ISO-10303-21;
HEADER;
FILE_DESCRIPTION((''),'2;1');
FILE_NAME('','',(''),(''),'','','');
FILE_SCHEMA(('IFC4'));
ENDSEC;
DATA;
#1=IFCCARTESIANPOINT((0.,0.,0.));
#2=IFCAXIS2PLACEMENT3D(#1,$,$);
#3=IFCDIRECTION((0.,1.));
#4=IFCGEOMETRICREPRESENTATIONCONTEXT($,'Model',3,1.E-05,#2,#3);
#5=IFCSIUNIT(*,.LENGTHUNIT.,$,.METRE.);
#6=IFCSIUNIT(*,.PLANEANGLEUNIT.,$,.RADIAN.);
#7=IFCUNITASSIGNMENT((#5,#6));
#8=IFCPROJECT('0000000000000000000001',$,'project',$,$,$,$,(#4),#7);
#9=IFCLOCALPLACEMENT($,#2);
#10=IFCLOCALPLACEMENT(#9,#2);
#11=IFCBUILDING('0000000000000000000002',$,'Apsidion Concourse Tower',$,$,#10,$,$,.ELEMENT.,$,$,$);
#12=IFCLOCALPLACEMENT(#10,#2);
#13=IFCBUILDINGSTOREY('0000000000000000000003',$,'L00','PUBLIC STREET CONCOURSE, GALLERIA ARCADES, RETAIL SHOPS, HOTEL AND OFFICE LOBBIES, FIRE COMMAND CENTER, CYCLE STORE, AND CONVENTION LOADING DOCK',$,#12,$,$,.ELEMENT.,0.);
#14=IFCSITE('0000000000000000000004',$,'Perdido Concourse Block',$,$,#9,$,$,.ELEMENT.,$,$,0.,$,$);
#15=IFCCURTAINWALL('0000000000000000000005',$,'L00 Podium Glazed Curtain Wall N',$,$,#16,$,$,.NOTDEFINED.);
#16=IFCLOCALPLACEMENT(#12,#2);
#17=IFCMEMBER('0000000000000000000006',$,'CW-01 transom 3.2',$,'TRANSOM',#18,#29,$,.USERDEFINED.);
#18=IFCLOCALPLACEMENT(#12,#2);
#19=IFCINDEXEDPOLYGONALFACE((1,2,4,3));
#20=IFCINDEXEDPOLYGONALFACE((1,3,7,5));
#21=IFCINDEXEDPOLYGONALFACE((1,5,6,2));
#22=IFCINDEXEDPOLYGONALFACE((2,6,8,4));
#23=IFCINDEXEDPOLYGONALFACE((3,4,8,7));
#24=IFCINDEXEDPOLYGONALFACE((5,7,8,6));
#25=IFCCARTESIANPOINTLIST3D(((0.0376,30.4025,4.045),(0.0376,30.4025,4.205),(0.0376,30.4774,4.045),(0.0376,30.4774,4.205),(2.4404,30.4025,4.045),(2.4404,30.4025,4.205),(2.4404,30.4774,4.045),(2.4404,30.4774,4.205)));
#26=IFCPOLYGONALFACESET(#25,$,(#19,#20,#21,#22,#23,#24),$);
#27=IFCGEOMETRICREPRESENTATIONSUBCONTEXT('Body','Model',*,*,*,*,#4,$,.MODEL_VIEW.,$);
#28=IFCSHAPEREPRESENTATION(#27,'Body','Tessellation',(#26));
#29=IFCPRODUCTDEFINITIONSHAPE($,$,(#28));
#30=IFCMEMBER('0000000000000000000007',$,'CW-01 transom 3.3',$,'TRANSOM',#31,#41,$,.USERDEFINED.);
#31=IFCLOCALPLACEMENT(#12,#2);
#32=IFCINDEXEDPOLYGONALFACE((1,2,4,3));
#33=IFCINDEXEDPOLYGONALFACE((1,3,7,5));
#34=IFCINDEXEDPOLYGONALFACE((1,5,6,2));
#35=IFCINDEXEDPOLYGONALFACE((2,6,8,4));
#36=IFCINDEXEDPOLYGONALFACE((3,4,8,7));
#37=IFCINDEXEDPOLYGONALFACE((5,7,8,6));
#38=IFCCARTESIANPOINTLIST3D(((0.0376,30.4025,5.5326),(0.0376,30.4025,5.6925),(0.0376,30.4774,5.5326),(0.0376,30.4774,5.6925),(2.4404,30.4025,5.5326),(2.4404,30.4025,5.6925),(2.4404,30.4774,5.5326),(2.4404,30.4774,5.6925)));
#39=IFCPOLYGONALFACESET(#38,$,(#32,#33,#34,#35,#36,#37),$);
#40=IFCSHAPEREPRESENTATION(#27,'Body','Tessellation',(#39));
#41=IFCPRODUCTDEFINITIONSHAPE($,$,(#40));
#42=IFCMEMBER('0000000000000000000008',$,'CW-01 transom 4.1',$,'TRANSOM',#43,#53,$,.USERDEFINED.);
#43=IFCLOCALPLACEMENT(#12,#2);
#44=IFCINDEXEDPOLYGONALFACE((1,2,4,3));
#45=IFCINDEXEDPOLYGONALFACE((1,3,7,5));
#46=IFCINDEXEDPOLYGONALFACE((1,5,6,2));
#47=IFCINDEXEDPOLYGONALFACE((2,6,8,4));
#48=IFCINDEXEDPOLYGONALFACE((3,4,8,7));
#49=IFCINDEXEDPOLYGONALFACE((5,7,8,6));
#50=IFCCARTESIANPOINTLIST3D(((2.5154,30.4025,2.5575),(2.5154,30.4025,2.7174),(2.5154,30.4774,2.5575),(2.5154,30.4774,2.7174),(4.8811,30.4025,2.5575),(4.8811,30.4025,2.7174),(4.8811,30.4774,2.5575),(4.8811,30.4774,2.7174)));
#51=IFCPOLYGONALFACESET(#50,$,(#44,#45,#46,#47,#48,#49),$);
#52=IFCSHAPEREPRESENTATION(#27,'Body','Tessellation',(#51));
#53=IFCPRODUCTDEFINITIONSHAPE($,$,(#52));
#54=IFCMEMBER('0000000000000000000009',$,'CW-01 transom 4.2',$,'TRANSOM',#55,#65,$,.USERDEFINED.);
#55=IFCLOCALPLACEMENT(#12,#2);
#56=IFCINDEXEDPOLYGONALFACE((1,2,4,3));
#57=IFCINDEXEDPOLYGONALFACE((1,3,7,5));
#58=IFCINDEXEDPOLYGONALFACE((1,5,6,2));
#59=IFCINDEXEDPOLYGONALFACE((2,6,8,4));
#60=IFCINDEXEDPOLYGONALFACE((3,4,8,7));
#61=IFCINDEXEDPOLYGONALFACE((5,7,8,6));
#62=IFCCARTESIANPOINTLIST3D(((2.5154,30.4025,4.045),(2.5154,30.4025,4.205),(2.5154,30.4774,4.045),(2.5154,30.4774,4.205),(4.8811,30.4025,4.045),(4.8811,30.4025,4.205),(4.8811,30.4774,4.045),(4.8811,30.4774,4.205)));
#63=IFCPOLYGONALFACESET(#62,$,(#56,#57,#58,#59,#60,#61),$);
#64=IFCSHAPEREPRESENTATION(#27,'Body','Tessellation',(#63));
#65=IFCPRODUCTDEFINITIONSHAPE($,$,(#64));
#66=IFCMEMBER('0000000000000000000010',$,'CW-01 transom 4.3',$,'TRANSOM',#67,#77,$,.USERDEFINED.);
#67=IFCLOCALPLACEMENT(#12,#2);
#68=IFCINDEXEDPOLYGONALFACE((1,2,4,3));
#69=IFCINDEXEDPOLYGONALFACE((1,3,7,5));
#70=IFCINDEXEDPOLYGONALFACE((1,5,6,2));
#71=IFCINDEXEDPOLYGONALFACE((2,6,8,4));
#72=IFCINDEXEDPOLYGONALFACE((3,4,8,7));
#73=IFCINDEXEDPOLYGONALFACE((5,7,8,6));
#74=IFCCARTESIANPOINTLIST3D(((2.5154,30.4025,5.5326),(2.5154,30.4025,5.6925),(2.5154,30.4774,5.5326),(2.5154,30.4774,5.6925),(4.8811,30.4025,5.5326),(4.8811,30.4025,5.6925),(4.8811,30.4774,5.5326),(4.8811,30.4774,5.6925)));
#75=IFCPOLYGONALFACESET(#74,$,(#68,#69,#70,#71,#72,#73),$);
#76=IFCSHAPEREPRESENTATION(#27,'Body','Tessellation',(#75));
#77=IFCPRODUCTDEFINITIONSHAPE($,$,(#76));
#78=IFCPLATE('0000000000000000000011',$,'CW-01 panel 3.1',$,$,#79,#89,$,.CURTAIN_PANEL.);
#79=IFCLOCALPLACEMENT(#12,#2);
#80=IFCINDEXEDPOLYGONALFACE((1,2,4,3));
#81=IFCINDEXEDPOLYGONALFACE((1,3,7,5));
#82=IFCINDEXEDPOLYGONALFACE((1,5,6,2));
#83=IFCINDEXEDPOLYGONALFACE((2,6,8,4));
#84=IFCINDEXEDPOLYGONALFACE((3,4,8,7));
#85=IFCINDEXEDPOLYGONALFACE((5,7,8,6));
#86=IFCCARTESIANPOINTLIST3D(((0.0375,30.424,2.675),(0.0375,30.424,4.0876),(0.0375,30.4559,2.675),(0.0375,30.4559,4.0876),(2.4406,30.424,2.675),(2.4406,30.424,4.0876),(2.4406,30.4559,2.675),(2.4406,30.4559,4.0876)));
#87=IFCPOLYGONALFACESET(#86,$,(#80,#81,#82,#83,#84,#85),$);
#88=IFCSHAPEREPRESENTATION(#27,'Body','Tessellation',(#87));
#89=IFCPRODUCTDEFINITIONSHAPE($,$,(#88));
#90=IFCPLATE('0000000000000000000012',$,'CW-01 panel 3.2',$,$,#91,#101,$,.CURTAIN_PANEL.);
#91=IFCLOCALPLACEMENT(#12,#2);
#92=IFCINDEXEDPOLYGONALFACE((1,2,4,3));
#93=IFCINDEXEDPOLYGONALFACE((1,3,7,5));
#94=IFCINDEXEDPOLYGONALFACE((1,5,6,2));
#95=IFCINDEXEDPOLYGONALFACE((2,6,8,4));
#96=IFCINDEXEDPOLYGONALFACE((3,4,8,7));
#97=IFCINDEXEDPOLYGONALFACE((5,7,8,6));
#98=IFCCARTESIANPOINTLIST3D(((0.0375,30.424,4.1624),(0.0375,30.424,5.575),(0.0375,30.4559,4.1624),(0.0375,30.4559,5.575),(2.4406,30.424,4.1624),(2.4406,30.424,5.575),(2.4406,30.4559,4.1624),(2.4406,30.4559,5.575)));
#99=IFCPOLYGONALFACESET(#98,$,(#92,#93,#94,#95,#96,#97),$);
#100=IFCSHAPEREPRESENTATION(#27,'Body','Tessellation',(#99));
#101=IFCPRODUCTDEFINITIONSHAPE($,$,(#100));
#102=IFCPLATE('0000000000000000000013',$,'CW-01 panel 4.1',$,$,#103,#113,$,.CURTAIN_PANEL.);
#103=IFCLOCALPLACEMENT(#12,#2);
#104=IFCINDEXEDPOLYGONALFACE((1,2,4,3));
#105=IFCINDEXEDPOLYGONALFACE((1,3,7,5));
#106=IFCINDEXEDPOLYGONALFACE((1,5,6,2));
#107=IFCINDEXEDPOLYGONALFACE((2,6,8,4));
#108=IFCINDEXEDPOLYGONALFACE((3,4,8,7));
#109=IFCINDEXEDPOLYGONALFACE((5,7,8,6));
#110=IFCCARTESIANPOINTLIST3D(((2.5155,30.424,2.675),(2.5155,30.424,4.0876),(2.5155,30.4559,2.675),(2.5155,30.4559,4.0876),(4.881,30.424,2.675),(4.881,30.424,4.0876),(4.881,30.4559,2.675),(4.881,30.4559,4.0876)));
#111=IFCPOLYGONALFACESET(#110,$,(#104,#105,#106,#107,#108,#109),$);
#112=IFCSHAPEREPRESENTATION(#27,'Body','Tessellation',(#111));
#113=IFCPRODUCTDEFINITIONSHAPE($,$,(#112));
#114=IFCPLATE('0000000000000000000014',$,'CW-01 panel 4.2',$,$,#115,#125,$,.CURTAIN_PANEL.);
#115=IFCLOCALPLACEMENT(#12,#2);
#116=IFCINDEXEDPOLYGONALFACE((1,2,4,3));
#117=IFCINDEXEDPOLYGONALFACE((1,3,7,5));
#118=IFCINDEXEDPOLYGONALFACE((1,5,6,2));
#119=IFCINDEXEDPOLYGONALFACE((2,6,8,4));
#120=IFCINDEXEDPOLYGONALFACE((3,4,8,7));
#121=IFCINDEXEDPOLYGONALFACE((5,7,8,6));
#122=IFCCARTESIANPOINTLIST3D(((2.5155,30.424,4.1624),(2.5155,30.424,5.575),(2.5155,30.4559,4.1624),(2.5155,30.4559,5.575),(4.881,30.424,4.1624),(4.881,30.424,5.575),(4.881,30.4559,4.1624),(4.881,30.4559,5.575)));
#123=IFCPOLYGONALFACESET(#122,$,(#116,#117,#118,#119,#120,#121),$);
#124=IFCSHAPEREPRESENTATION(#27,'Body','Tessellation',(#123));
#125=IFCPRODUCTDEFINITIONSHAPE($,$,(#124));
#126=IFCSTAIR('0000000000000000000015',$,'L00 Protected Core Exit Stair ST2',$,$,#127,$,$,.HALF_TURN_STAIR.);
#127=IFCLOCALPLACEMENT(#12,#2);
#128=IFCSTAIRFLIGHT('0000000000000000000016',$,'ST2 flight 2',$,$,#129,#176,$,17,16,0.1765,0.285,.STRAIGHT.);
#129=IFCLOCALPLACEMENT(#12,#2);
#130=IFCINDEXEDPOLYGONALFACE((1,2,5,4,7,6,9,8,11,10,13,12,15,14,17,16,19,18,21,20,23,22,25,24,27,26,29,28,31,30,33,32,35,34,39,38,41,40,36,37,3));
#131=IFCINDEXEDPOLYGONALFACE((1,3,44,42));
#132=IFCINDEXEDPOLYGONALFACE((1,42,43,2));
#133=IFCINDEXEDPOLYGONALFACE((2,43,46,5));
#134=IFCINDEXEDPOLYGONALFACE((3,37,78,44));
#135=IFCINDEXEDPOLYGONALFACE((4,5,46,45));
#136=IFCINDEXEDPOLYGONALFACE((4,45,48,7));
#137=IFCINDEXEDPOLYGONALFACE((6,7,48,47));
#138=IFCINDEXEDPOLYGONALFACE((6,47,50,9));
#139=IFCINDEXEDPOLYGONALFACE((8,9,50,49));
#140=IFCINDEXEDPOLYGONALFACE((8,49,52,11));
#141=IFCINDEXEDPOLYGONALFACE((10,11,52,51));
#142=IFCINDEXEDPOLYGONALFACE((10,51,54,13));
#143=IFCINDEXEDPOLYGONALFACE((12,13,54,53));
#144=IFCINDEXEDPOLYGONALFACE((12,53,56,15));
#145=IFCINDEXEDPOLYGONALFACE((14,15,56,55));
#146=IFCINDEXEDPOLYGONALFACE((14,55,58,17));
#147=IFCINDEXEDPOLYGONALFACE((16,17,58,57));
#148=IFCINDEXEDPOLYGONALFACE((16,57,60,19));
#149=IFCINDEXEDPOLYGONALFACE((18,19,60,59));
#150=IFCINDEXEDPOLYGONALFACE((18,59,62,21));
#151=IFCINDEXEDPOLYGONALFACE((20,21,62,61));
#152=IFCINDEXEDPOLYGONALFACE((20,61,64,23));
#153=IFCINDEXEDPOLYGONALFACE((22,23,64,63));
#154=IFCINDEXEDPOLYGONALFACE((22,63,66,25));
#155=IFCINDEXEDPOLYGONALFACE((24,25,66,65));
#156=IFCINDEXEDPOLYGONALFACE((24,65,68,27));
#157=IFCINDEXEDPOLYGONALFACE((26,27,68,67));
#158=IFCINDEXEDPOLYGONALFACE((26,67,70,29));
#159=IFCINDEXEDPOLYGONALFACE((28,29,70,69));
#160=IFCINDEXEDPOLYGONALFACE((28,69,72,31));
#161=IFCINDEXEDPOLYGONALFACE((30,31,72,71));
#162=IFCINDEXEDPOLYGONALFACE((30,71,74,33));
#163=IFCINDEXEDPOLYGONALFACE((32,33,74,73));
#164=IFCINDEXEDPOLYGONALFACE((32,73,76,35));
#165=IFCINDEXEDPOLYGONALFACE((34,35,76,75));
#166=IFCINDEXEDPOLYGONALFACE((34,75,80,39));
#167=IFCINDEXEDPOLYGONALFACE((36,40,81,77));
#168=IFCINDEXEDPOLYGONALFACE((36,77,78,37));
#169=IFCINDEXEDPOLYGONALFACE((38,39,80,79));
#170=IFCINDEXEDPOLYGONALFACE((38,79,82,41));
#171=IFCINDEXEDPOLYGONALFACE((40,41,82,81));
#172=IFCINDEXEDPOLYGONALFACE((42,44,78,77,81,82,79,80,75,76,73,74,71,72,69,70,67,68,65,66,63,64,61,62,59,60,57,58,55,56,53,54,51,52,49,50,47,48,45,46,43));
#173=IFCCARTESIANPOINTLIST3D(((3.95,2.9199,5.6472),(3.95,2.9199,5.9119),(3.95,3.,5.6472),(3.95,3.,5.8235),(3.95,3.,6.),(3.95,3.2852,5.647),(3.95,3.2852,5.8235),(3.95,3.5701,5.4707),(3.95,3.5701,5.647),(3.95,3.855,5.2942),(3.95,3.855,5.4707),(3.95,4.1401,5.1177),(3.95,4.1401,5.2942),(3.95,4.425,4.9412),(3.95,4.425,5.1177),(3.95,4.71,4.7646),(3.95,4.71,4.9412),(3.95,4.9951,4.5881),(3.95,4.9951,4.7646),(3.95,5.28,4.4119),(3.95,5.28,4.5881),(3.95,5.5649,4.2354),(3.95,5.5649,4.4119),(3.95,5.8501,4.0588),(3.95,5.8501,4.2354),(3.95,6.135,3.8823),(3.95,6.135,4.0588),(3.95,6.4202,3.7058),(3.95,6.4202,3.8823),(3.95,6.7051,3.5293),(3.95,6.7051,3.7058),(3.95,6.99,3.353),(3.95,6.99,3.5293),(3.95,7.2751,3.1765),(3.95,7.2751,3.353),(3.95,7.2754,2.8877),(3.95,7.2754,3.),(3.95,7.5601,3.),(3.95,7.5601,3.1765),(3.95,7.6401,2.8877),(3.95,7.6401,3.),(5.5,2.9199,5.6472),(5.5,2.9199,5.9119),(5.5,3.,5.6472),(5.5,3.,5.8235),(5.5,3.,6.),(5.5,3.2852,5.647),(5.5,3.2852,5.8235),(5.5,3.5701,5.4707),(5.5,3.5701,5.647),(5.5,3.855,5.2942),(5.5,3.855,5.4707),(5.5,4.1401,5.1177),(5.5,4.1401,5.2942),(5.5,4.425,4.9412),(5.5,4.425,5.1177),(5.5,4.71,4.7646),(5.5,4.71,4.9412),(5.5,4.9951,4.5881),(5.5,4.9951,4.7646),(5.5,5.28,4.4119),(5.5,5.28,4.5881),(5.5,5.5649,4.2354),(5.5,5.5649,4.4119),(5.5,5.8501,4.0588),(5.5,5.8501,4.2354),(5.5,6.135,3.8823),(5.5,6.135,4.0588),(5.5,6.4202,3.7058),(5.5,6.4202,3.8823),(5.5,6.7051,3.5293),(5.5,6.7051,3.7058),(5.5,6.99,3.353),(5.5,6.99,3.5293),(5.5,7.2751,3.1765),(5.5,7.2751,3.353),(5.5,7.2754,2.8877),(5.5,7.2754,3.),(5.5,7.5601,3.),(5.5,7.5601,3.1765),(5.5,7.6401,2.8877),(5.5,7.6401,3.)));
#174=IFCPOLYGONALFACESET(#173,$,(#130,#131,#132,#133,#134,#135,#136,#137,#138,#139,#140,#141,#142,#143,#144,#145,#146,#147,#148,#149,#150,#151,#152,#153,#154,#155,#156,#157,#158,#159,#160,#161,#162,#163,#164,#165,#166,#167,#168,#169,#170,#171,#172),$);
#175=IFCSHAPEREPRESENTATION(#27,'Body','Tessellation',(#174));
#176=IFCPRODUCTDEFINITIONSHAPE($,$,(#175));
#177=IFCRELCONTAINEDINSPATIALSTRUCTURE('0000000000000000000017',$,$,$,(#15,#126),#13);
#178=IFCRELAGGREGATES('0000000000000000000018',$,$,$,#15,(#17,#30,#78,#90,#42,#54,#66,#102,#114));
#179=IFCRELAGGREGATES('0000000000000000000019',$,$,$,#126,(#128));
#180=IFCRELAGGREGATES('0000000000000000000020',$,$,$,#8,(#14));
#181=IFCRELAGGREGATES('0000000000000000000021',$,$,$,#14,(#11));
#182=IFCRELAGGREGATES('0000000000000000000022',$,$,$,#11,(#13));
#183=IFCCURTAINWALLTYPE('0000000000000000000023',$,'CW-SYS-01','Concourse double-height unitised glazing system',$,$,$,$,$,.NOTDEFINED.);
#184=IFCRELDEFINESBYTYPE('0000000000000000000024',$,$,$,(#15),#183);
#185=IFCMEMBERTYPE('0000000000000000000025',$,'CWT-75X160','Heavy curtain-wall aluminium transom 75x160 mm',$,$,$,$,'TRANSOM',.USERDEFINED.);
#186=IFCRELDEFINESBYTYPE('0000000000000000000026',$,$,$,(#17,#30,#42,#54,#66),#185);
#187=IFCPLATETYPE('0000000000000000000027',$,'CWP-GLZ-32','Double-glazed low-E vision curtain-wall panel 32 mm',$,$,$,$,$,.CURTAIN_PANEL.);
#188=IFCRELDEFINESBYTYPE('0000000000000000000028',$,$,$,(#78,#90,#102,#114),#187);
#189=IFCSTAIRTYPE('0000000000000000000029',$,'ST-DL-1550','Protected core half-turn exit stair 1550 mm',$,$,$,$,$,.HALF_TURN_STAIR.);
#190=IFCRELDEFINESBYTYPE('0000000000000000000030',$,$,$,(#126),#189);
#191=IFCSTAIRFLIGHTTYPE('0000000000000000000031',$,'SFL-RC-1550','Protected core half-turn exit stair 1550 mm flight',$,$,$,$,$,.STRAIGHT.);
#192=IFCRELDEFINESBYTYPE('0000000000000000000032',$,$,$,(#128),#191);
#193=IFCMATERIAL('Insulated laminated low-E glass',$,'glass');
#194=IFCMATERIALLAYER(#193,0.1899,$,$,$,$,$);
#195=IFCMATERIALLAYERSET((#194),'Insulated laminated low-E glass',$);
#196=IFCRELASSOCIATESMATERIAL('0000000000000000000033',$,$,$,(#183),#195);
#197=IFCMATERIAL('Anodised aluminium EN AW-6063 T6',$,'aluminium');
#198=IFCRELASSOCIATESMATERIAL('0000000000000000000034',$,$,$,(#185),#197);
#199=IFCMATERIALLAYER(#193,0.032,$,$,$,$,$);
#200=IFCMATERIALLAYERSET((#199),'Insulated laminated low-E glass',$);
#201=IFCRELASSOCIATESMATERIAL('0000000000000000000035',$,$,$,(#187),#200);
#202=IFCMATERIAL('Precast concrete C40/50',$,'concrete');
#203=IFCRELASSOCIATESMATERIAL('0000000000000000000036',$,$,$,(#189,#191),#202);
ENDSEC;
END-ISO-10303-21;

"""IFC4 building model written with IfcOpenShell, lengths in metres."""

from ifc_helpers import new_model, si_unit, direction, frame, origin, origin_2d, place, context, subcontext, project, spatial, polyline, rectangle, outline, extrude, material, layer, layer_set, material_profile, profile_set, type_object, element, aggregate, save


model = new_model("IFC4")

# Units and contexts
model_context = context("Model", 3, precision=1e-05, world=origin(), true_north=direction((0.0, 1.0)))
body_context = subcontext(model_context, "Body", "Model", "MODEL_VIEW")
ifc_project = project(units=[si_unit("LENGTHUNIT", "METRE"), si_unit("PLANEANGLEUNIT", "RADIAN")], contexts=[model_context])

# Site, building, storey
site_placement = place(None, origin())
site = spatial("IfcSite", under=ifc_project, at=site_placement, Name="Perdido Concourse Block", CompositionType="ELEMENT", RefElevation=0.0)
building_placement = place(site_placement, origin())
building = spatial("IfcBuilding", under=site, at=building_placement, Name="Apsidion Concourse Tower", CompositionType="ELEMENT")
storey_placement = place(building_placement, origin())
storey = spatial("IfcBuildingStorey", under=building, at=storey_placement, Name="L00", Description="PUBLIC STREET CONCOURSE, GALLERIA ARCADES, RETAIL SHOPS, HOTEL AND OFFICE LOBBIES, FIRE COMMAND CENTER, CYCLE STORE, AND CONVENTION LOADING DOCK", CompositionType="ELEMENT", Elevation=0.0)

# Curtain wall, members, plates
ifc_material_1 = material(Name="Insulated laminated low-E glass", Category="glass")
ifc_layer_1 = layer(ifc_material_1, 0.1899)
ifc_layer_set_1 = layer_set([ifc_layer_1], Name="Insulated laminated low-E glass")
curtain_wall_type = type_object("IfcCurtainWallType", Name="CW-SYS-01", Description="Concourse double-height unitised glazing system", PredefinedType="NOTDEFINED", material=ifc_layer_set_1)
curtain_wall_placement = place(storey_placement, origin())
curtain_wall = element("IfcCurtainWall", 1, at=curtain_wall_placement, inside=storey, type_object=curtain_wall_type, Name="L00 Podium Glazed Curtain Wall N", PredefinedType="NOTDEFINED")
ifc_material_2 = material(Name="Anodised aluminium EN AW-6063 T6", Category="aluminium")
ifc_material_profile_1 = material_profile(ifc_material_2, rectangle(XDim=0.075, YDim=0.1599, at=origin_2d()), Name="ALU TRANSOM 75x160")
ifc_profile_set_1 = profile_set([ifc_material_profile_1], Name="Anodised aluminium EN AW-6063 T6")
member_type_1 = type_object("IfcMemberType", Name="CWT-75X160", Description="Heavy curtain-wall aluminium transom 75x160 mm", ElementType="TRANSOM", PredefinedType="USERDEFINED", material=ifc_profile_set_1)
member_1_placement = place(storey_placement, frame((0.0376, 30.4399, 4.125), z_axis=(1.0, 0.0, 0.0), x_axis=(0.0, 1.0, 0.0)))
member_1 = element("IfcMember", 2, at=member_1_placement, type_object=member_type_1, Name="CW-01 transom 3.2", ObjectType="TRANSOM", PredefinedType="USERDEFINED", context=body_context, shape_type="SweptSolid", body=[
    extrude(rectangle(XDim=0.075, YDim=0.1599, at=origin_2d()), origin(), (0.0, 0.0, 1.0), 2.4028),
])
member_2_placement = place(storey_placement, frame((0.0376, 30.4399, 5.6125), z_axis=(1.0, 0.0, 0.0), x_axis=(0.0, 1.0, 0.0)))
member_2 = element("IfcMember", 3, at=member_2_placement, type_object=member_type_1, Name="CW-01 transom 3.3", ObjectType="TRANSOM", PredefinedType="USERDEFINED", context=body_context, shape_type="SweptSolid", body=[
    extrude(rectangle(XDim=0.075, YDim=0.1599, at=origin_2d()), origin(), (0.0, 0.0, 1.0), 2.4028),
])
member_3_placement = place(storey_placement, frame((2.5154, 30.4399, 2.6375), z_axis=(1.0, 0.0, 0.0), x_axis=(0.0, 1.0, 0.0)))
member_3 = element("IfcMember", 4, at=member_3_placement, type_object=member_type_1, Name="CW-01 transom 4.1", ObjectType="TRANSOM", PredefinedType="USERDEFINED", context=body_context, shape_type="SweptSolid", body=[
    extrude(rectangle(XDim=0.075, YDim=0.1599, at=origin_2d()), origin(), (0.0, 0.0, 1.0), 2.3657),
])
member_4_placement = place(storey_placement, frame((2.5154, 30.4399, 4.125), z_axis=(1.0, 0.0, 0.0), x_axis=(0.0, 1.0, 0.0)))
member_4 = element("IfcMember", 5, at=member_4_placement, type_object=member_type_1, Name="CW-01 transom 4.2", ObjectType="TRANSOM", PredefinedType="USERDEFINED", context=body_context, shape_type="SweptSolid", body=[
    extrude(rectangle(XDim=0.075, YDim=0.1599, at=origin_2d()), origin(), (0.0, 0.0, 1.0), 2.3657),
])
member_5_placement = place(storey_placement, frame((2.5154, 30.4399, 5.6125), z_axis=(1.0, 0.0, 0.0), x_axis=(0.0, 1.0, 0.0)))
member_5 = element("IfcMember", 6, at=member_5_placement, type_object=member_type_1, Name="CW-01 transom 4.3", ObjectType="TRANSOM", PredefinedType="USERDEFINED", context=body_context, shape_type="SweptSolid", body=[
    extrude(rectangle(XDim=0.075, YDim=0.1599, at=origin_2d()), origin(), (0.0, 0.0, 1.0), 2.3657),
])
ifc_layer_2 = layer(ifc_material_1, 0.032)
ifc_layer_set_2 = layer_set([ifc_layer_2], Name="Insulated laminated low-E glass")
plate_type = type_object("IfcPlateType", Name="CWP-GLZ-32", Description="Double-glazed low-E vision curtain-wall panel 32 mm", PredefinedType="CURTAIN_PANEL", material=ifc_layer_set_2)
plate_1_placement = place(storey_placement, frame((1.239, 30.4399, 2.675), z_axis=(0.0, 0.0, 1.0), x_axis=(1.0, 0.0, 0.0)))
plate_1 = element("IfcPlate", 7, at=plate_1_placement, type_object=plate_type, Name="CW-01 panel 3.1", PredefinedType="CURTAIN_PANEL", context=body_context, shape_type="SweptSolid", body=[
    extrude(rectangle(XDim=2.4031, YDim=0.032, at=origin_2d()), origin(), (0.0, 0.0, 1.0), 1.4126),
])
plate_2_placement = place(storey_placement, frame((1.239, 30.4399, 4.1624), z_axis=(0.0, 0.0, 1.0), x_axis=(1.0, 0.0, 0.0)))
plate_2 = element("IfcPlate", 8, at=plate_2_placement, type_object=plate_type, Name="CW-01 panel 3.2", PredefinedType="CURTAIN_PANEL", context=body_context, shape_type="SweptSolid", body=[
    extrude(rectangle(XDim=2.4031, YDim=0.032, at=origin_2d()), origin(), (0.0, 0.0, 1.0), 1.4126),
])
plate_3_placement = place(storey_placement, frame((3.6982, 30.4399, 2.675), z_axis=(0.0, 0.0, 1.0), x_axis=(1.0, 0.0, 0.0)))
plate_3 = element("IfcPlate", 9, at=plate_3_placement, type_object=plate_type, Name="CW-01 panel 4.1", PredefinedType="CURTAIN_PANEL", context=body_context, shape_type="SweptSolid", body=[
    extrude(rectangle(XDim=2.3655, YDim=0.032, at=origin_2d()), origin(), (0.0, 0.0, 1.0), 1.4126),
])
plate_4_placement = place(storey_placement, frame((3.6982, 30.4399, 4.1624), z_axis=(0.0, 0.0, 1.0), x_axis=(1.0, 0.0, 0.0)))
plate_4 = element("IfcPlate", 10, at=plate_4_placement, type_object=plate_type, Name="CW-01 panel 4.2", PredefinedType="CURTAIN_PANEL", context=body_context, shape_type="SweptSolid", body=[
    extrude(rectangle(XDim=2.3655, YDim=0.032, at=origin_2d()), origin(), (0.0, 0.0, 1.0), 1.4126),
])
aggregate(curtain_wall, [member_1, member_2, plate_1, plate_2, member_3, member_4, member_5, plate_3, plate_4])

# Stair, stair flight
ifc_material_3 = material(Name="Precast concrete C40/50", Category="concrete")
stair_type = type_object("IfcStairType", Name="ST-DL-1550", Description="Protected core half-turn exit stair 1550 mm", PredefinedType="HALF_TURN_STAIR", material=ifc_material_3)
stair_placement = place(storey_placement, origin())
stair = element("IfcStair", 11, at=stair_placement, inside=storey, type_object=stair_type, Name="L00 Protected Core Exit Stair ST2", PredefinedType="HALF_TURN_STAIR")
stair_flight_type = type_object("IfcStairFlightType", Name="SFL-RC-1550", Description="Protected core half-turn exit stair 1550 mm flight", PredefinedType="STRAIGHT", material=ifc_material_3)
stair_flight_placement = place(storey_placement, frame((4.7251, 7.5601, 3.0), z_axis=(0.0, 0.0, 1.0), x_axis=(0.0, -1.0, 0.0)))
stair_flight = element("IfcStairFlight", 12, at=stair_flight_placement, type_object=stair_flight_type, Name="ST2 flight 2", NumberOfRisers=17, NumberOfTreads=16, PredefinedType="STRAIGHT", RiserHeight=0.1765, TreadLength=0.285, context=body_context, shape_type="SweptSolid", body=[
    extrude(outline(polyline([(-0.0801, -0.1123), (-0.0801, 0.0), (0.0, 0.0), (0.0, 0.1765), (0.2849, 0.1765), (0.2849, 0.353), (0.5701, 0.353), (0.5701, 0.5293), (0.855, 0.5293), (0.855, 0.7058), (1.1399, 0.7058), (1.1399, 0.8823), (1.425, 0.8823), (1.425, 1.0588), (1.71, 1.0588), (1.71, 1.2354), (1.9951, 1.2354), (1.9951, 1.4119), (2.28, 1.4119), (2.28, 1.5881), (2.5649, 1.5881), (2.5649, 1.7646), (2.8501, 1.7646), (2.8501, 1.9412), (3.135, 1.9412), (3.135, 2.1177), (3.4199, 2.1177), (3.4199, 2.2942), (3.7051, 2.2942), (3.7051, 2.4707), (3.99, 2.4707), (3.99, 2.647), (4.2749, 2.647), (4.2749, 2.8235), (4.5601, 2.8235), (4.5601, 3.0), (4.6401, 2.9119), (4.6401, 2.6472), (4.5601, 2.6472), (0.2847, 0.0), (0.2847, -0.1123), (-0.0801, -0.1123)])), frame((0.0, 0.7749, 0.0), z_axis=(0.0, -1.0, 0.0), x_axis=(1.0, 0.0, 0.0)), (0.0, 0.0, 1.0), 1.55),
])
aggregate(stair, [stair_flight])

save(model, "model.ifc")
